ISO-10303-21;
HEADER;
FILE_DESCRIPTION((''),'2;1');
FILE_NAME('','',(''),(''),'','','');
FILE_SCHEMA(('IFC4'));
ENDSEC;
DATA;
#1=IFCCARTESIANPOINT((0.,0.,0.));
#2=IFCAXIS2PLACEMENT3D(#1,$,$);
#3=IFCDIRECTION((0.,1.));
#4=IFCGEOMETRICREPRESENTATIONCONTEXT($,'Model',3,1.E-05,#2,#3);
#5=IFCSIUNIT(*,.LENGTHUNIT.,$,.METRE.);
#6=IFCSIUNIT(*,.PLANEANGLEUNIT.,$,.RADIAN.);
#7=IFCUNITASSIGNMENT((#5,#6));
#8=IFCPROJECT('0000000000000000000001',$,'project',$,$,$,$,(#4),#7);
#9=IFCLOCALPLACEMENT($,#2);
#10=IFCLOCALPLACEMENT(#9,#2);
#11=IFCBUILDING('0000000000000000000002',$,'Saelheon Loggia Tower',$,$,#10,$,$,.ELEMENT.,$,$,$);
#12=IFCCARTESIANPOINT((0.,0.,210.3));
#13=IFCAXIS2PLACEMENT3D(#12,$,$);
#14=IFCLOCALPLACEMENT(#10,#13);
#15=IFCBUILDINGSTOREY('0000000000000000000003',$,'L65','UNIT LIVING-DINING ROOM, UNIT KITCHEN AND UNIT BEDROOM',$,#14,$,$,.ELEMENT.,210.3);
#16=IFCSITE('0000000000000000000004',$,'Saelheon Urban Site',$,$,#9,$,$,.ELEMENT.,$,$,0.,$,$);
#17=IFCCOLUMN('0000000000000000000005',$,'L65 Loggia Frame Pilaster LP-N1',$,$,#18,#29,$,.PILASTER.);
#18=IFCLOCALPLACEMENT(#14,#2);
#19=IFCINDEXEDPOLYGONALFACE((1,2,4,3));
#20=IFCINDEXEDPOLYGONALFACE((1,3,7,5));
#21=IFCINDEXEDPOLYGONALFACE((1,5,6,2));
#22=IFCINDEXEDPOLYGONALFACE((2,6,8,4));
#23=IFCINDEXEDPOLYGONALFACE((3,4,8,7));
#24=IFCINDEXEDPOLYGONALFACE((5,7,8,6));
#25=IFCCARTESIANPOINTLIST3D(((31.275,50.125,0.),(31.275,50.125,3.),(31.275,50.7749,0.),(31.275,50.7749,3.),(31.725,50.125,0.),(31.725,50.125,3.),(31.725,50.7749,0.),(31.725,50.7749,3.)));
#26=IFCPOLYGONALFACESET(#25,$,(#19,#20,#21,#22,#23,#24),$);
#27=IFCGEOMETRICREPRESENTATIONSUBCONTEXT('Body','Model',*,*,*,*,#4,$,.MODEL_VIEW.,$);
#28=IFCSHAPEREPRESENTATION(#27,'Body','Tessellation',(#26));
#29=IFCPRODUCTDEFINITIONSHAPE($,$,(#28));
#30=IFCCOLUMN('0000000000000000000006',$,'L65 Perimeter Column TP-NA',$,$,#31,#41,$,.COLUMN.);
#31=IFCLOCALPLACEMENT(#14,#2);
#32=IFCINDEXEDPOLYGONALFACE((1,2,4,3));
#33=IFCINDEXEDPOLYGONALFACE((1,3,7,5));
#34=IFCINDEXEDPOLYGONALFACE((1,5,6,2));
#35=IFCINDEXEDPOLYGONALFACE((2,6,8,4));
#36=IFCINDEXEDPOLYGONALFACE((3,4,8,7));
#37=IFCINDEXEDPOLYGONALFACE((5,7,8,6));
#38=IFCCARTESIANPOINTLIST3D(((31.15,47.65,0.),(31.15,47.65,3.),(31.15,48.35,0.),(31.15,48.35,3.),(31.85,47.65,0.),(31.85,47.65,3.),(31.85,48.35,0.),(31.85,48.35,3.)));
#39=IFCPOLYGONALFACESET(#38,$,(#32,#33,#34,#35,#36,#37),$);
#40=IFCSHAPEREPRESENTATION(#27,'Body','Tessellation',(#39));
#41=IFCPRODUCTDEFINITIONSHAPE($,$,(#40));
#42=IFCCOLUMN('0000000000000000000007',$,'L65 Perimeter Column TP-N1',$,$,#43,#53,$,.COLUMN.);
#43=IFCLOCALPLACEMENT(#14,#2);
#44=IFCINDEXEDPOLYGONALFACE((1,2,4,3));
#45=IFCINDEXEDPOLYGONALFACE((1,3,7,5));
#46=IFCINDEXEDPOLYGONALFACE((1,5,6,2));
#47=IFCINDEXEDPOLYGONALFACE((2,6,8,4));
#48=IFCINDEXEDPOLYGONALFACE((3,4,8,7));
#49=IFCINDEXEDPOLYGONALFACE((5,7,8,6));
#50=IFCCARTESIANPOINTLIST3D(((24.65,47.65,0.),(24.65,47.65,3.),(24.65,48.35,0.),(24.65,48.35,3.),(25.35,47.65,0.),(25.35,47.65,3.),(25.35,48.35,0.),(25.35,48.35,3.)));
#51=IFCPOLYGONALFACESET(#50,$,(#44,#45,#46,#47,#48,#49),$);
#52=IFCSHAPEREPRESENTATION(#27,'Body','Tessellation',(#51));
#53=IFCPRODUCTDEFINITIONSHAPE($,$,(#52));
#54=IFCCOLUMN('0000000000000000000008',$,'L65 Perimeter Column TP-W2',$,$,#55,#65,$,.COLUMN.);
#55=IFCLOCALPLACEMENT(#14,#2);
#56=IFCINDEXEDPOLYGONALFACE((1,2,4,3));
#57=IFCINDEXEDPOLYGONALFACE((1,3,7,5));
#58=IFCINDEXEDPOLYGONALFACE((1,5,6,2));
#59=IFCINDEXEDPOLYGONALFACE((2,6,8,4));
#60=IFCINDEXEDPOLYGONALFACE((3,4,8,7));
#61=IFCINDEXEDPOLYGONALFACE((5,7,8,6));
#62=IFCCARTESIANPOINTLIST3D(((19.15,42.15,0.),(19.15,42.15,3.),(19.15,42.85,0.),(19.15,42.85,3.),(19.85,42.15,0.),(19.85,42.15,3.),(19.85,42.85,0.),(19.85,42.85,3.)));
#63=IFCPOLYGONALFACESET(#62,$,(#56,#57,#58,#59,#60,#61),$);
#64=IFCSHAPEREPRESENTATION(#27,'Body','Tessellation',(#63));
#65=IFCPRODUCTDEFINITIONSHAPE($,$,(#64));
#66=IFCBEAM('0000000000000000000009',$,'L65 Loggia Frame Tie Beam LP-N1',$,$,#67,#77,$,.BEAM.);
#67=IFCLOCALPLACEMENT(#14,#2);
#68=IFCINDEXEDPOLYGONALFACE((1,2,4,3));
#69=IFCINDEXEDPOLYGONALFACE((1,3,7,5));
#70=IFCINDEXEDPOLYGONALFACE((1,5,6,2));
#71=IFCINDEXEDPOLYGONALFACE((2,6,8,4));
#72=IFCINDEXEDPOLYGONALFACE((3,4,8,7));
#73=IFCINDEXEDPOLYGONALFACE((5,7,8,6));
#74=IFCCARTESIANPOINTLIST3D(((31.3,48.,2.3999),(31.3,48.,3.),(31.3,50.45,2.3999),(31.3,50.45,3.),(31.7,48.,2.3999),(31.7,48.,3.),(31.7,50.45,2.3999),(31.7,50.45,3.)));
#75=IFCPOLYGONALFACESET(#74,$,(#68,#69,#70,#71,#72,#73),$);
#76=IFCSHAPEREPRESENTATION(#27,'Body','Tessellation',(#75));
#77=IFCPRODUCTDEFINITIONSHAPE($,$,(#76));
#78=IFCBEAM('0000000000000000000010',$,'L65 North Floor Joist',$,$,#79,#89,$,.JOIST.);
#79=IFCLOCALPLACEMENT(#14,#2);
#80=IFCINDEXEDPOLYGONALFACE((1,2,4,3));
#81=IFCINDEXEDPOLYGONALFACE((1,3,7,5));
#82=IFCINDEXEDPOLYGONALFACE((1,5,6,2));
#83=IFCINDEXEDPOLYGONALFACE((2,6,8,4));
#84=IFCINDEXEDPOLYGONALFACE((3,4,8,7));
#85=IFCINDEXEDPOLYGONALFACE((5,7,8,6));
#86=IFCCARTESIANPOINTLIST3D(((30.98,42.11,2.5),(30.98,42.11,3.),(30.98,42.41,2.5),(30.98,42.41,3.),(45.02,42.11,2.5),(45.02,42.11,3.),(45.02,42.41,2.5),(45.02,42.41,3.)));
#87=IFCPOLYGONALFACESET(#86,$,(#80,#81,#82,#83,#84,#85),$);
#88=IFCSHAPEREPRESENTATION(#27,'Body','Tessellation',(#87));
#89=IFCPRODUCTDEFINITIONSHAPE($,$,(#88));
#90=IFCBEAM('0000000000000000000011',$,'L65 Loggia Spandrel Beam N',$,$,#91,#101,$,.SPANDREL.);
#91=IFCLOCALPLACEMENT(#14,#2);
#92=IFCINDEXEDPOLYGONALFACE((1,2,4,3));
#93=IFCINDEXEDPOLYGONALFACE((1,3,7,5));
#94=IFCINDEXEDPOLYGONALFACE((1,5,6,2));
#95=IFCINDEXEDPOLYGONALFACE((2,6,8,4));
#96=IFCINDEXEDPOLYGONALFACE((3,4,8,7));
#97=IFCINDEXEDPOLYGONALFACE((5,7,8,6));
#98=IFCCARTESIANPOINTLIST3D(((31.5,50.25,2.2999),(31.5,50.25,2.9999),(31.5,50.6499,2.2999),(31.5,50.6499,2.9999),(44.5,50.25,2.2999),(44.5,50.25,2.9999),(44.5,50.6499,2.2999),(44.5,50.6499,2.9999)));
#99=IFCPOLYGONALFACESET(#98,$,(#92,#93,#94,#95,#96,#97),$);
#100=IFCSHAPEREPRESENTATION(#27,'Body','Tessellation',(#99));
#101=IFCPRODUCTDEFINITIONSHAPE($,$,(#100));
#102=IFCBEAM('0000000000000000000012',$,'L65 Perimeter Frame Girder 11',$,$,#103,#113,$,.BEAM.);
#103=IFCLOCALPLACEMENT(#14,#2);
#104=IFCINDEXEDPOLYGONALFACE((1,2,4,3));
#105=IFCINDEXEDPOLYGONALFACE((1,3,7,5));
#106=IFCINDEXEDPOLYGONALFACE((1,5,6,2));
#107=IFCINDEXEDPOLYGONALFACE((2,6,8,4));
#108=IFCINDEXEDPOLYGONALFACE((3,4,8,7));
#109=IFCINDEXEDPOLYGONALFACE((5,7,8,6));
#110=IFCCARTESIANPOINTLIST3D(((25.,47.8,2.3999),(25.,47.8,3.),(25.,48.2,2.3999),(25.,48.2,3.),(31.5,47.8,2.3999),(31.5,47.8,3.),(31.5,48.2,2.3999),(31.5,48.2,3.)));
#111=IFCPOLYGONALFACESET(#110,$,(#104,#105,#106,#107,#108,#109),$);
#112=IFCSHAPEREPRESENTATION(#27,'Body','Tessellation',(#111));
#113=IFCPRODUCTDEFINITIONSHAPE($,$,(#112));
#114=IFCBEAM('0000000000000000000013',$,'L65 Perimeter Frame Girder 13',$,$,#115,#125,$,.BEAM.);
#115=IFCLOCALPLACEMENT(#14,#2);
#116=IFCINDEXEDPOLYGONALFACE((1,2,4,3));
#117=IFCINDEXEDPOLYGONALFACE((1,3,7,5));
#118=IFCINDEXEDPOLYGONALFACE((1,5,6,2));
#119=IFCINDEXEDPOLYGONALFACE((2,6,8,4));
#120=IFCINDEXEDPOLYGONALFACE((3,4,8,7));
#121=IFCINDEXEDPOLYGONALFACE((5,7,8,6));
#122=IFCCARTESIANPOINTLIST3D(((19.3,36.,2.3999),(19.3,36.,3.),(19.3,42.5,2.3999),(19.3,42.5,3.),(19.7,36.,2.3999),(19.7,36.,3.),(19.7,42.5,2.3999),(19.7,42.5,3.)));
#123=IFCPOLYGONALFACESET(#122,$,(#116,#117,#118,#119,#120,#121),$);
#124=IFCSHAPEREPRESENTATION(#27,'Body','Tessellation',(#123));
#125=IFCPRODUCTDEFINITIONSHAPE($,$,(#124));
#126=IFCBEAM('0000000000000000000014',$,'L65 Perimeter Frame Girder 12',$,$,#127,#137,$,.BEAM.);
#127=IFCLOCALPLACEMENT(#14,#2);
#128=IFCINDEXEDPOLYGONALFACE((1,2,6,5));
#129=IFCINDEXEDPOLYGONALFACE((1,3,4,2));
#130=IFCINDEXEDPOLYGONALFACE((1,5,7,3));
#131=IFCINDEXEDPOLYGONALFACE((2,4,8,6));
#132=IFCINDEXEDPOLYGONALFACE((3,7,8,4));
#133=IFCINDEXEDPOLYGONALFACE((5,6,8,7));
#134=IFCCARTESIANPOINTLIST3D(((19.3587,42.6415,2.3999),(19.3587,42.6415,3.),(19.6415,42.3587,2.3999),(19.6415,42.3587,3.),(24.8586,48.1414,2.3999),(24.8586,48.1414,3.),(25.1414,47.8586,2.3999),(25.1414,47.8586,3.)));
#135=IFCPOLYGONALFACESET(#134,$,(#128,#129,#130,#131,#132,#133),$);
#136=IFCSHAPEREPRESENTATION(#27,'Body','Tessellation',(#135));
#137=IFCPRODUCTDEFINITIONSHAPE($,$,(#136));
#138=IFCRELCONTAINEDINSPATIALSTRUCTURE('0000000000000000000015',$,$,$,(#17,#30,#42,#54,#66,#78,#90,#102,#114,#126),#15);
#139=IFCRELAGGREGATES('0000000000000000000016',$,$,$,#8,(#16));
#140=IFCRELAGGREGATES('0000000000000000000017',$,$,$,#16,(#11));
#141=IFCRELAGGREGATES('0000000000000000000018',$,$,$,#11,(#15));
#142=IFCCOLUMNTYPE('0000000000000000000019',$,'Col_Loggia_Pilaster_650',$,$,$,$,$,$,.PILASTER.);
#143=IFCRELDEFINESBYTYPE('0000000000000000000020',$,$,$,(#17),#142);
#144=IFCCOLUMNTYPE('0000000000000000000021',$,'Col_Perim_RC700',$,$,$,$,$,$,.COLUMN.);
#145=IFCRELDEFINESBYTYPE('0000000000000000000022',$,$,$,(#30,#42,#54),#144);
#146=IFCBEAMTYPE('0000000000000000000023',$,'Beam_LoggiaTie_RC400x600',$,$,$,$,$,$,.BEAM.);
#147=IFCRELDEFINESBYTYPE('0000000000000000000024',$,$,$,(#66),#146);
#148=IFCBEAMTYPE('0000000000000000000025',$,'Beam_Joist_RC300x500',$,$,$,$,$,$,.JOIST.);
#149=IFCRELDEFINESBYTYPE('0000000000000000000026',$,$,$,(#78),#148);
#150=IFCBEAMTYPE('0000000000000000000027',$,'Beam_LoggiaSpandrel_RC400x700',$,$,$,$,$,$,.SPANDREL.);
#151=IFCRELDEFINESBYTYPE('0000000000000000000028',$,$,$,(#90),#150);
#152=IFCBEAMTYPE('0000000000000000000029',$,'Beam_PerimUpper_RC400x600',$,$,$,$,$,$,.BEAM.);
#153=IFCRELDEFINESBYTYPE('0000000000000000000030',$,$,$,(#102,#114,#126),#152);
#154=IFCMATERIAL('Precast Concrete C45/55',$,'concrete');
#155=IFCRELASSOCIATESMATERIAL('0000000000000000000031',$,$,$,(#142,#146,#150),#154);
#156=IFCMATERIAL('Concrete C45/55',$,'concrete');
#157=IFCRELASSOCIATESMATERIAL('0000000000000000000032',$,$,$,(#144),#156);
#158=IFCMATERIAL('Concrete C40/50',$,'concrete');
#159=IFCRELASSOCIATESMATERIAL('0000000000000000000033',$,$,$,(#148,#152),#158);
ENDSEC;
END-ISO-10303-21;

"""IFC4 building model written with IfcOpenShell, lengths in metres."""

from ifc_helpers import new_model, si_unit, direction, frame, origin, origin_2d, place, context, subcontext, project, spatial, rectangle, extrude, source, transform, mapped, material, material_profile, profile_set, type_object, element, save


model = new_model("IFC4")

# Units and contexts
model_context = context("Model", 3, precision=1e-05, world=origin(), true_north=direction((0.0, 1.0)))
body_context = subcontext(model_context, "Body", "Model", "MODEL_VIEW")
ifc_project = project(units=[si_unit("LENGTHUNIT", "METRE"), si_unit("PLANEANGLEUNIT", "RADIAN")], contexts=[model_context])

# Site, building, storey
site_placement = place(None, origin())
site = spatial("IfcSite", under=ifc_project, at=site_placement, Name="Saelheon Urban Site", CompositionType="ELEMENT", RefElevation=0.0)
building_placement = place(site_placement, origin())
building = spatial("IfcBuilding", under=site, at=building_placement, Name="Saelheon Loggia Tower", CompositionType="ELEMENT")
storey_placement = place(building_placement, frame((0.0, 0.0, 210.3)))
storey = spatial("IfcBuildingStorey", under=building, at=storey_placement, Name="L65", Description="UNIT LIVING-DINING ROOM, UNIT KITCHEN AND UNIT BEDROOM", CompositionType="ELEMENT", Elevation=210.3)

# Columns
ifc_material_1 = material(Name="Precast Concrete C45/55", Category="concrete")
ifc_material_profile_1 = material_profile(ifc_material_1, rectangle(XDim=0.45, YDim=0.6499, at=origin_2d()), Name="RC-450x650")
ifc_profile_set_1 = profile_set([ifc_material_profile_1], Name="Precast Concrete C45/55")
column_type_1 = type_object("IfcColumnType", Name="Col_Loggia_Pilaster_650", PredefinedType="PILASTER", material=ifc_profile_set_1)
shared_shape_1 = source(origin(), body_context, "Body", "SweptSolid", [
    extrude(rectangle(XDim=0.45, YDim=0.6499, at=origin_2d()), origin(), (0.0, 0.0, 1.0), 3.0),
])
column_placement = place(storey_placement, frame((31.5, 50.45, 0.0), z_axis=(0.0, 0.0, 1.0), x_axis=(1.0, 0.0, 0.0)))
element("IfcColumn", 1, at=column_placement, inside=storey, type_object=column_type_1, Name="L65 Loggia Frame Pilaster LP-N1", PredefinedType="PILASTER", context=body_context, shape_type="MappedRepresentation", body=[
    mapped(shared_shape_1, transform((0.0, 0.0, 0.0), scale=1.0)),
])
ifc_material_2 = material(Name="Concrete C45/55", Category="concrete")
ifc_material_profile_2 = material_profile(ifc_material_2, rectangle(XDim=0.7, YDim=0.7, at=origin_2d()), Name="RC-700x700")
ifc_profile_set_2 = profile_set([ifc_material_profile_2], Name="Concrete C45/55")
column_type_2 = type_object("IfcColumnType", Name="Col_Perim_RC700", PredefinedType="COLUMN", material=ifc_profile_set_2)
shared_shape_2 = source(origin(), body_context, "Body", "SweptSolid", [
    extrude(rectangle(XDim=0.7, YDim=0.7, at=origin_2d()), origin(), (0.0, 0.0, 1.0), 3.0),
])
for number, where, z_axis, x_axis, name in (
    (2, (31.5, 48.0, 0.0), (0.0, 0.0, 1.0), (1.0, 0.0, 0.0), "L65 Perimeter Column TP-NA"),
    (3, (25.0, 48.0, 0.0), (0.0, 0.0, 1.0), (1.0, 0.0, 0.0), "L65 Perimeter Column TP-N1"),
    (4, (19.5, 42.5, 0.0), (0.0, 0.0, 1.0), (1.0, 0.0, 0.0), "L65 Perimeter Column TP-W2"),
):
    element("IfcColumn", number, at=place(storey_placement, frame(where, z_axis=z_axis, x_axis=x_axis)), inside=storey, type_object=column_type_2, Name=name, PredefinedType="COLUMN", context=body_context, shape_type="MappedRepresentation", body=[
        mapped(shared_shape_2, transform((0.0, 0.0, 0.0), scale=1.0)),
    ])

# Beams
ifc_material_profile_3 = material_profile(ifc_material_1, rectangle(XDim=0.3999, YDim=0.6001, at=origin_2d()), Name="RC-400x600")
ifc_profile_set_3 = profile_set([ifc_material_profile_3], Name="Precast Concrete C45/55")
beam_type_1 = type_object("IfcBeamType", Name="Beam_LoggiaTie_RC400x600", PredefinedType="BEAM", material=ifc_profile_set_3)
shared_shape_3 = source(origin(), body_context, "Body", "SweptSolid", [
    extrude(rectangle(XDim=0.3999, YDim=0.6001, at=origin_2d()), origin(), (0.0, 0.0, 1.0), 2.45),
])
beam_1_placement = place(storey_placement, frame((31.5, 48.0, 2.7), z_axis=(0.0, 1.0, 0.0), x_axis=(-1.0, 0.0, 0.0)))
element("IfcBeam", 5, at=beam_1_placement, inside=storey, type_object=beam_type_1, Name="L65 Loggia Frame Tie Beam LP-N1", PredefinedType="BEAM", context=body_context, shape_type="MappedRepresentation", body=[
    mapped(shared_shape_3, transform((0.0, 0.0, 0.0), scale=1.0)),
])
ifc_material_3 = material(Name="Concrete C40/50", Category="concrete")
ifc_material_profile_4 = material_profile(ifc_material_3, rectangle(XDim=0.3, YDim=0.5, at=origin_2d()), Name="RC-300x500")
ifc_profile_set_4 = profile_set([ifc_material_profile_4], Name="Concrete C40/50")
beam_type_2 = type_object("IfcBeamType", Name="Beam_Joist_RC300x500", PredefinedType="JOIST", material=ifc_profile_set_4)
shared_shape_4 = source(origin(), body_context, "Body", "SweptSolid", [
    extrude(rectangle(XDim=0.3, YDim=0.5, at=origin_2d()), origin(), (0.0, 0.0, 1.0), 14.04),
])
beam_2_placement = place(storey_placement, frame((30.98, 42.26, 2.75), z_axis=(1.0, 0.0, 0.0), x_axis=(0.0, 1.0, 0.0)))
element("IfcBeam", 6, at=beam_2_placement, inside=storey, type_object=beam_type_2, Name="L65 North Floor Joist", PredefinedType="JOIST", context=body_context, shape_type="MappedRepresentation", body=[
    mapped(shared_shape_4, transform((0.0, 0.0, 0.0), scale=1.0)),
])
ifc_material_profile_5 = material_profile(ifc_material_1, rectangle(XDim=0.3999, YDim=0.7, at=origin_2d()), Name="RC-400x700")
ifc_profile_set_5 = profile_set([ifc_material_profile_5], Name="Precast Concrete C45/55")
beam_type_3 = type_object("IfcBeamType", Name="Beam_LoggiaSpandrel_RC400x700", PredefinedType="SPANDREL", material=ifc_profile_set_5)
shared_shape_5 = source(origin(), body_context, "Body", "SweptSolid", [
    extrude(rectangle(XDim=0.3999, YDim=0.7, at=origin_2d()), origin(), (0.0, 0.0, 1.0), 13.0),
])
beam_3_placement = place(storey_placement, frame((31.5, 50.45, 2.6499), z_axis=(1.0, 0.0, 0.0), x_axis=(0.0, 1.0, 0.0)))
element("IfcBeam", 7, at=beam_3_placement, inside=storey, type_object=beam_type_3, Name="L65 Loggia Spandrel Beam N", PredefinedType="SPANDREL", context=body_context, shape_type="MappedRepresentation", body=[
    mapped(shared_shape_5, transform((0.0, 0.0, 0.0), scale=1.0)),
])
ifc_material_profile_6 = material_profile(ifc_material_3, rectangle(XDim=0.3999, YDim=0.6001, at=origin_2d()), Name="RC-400x600")
ifc_profile_set_6 = profile_set([ifc_material_profile_6], Name="Concrete C40/50")
beam_type_4 = type_object("IfcBeamType", Name="Beam_PerimUpper_RC400x600", PredefinedType="BEAM", material=ifc_profile_set_6)
shared_shape_6 = source(origin(), body_context, "Body", "SweptSolid", [
    extrude(rectangle(XDim=0.3999, YDim=0.6001, at=origin_2d()), origin(), (0.0, 0.0, 1.0), 6.5),
])
for number, where, z_axis, x_axis, name in (
    (8, (31.5, 48.0, 2.7), (-1.0, 0.0, 0.0), (0.0, -1.0, 0.0), "L65 Perimeter Frame Girder 11"),
    (9, (19.5, 42.5, 2.7), (0.0, -1.0, 0.0), (1.0, 0.0, 0.0), "L65 Perimeter Frame Girder 13"),
):
    element("IfcBeam", number, at=place(storey_placement, frame(where, z_axis=z_axis, x_axis=x_axis)), inside=storey, type_object=beam_type_4, Name=name, PredefinedType="BEAM", context=body_context, shape_type="MappedRepresentation", body=[
        mapped(shared_shape_6, transform((0.0, 0.0, 0.0), scale=1.0)),
    ])
shared_shape_7 = source(origin(), body_context, "Body", "SweptSolid", [
    extrude(rectangle(XDim=0.3999, YDim=0.6001, at=origin_2d()), origin(), (0.0, 0.0, 1.0), 7.7781),
])
beam_4_placement = place(storey_placement, frame((25.0, 48.0, 2.7), z_axis=(-0.707107, -0.707107, 0.0), x_axis=(0.707107, -0.707107, 0.0)))
element("IfcBeam", 10, at=beam_4_placement, inside=storey, type_object=beam_type_4, Name="L65 Perimeter Frame Girder 12", PredefinedType="BEAM", context=body_context, shape_type="MappedRepresentation", body=[
    mapped(shared_shape_7, transform((0.0, 0.0, 0.0), scale=1.0)),
])

save(model, "model.ifc")
